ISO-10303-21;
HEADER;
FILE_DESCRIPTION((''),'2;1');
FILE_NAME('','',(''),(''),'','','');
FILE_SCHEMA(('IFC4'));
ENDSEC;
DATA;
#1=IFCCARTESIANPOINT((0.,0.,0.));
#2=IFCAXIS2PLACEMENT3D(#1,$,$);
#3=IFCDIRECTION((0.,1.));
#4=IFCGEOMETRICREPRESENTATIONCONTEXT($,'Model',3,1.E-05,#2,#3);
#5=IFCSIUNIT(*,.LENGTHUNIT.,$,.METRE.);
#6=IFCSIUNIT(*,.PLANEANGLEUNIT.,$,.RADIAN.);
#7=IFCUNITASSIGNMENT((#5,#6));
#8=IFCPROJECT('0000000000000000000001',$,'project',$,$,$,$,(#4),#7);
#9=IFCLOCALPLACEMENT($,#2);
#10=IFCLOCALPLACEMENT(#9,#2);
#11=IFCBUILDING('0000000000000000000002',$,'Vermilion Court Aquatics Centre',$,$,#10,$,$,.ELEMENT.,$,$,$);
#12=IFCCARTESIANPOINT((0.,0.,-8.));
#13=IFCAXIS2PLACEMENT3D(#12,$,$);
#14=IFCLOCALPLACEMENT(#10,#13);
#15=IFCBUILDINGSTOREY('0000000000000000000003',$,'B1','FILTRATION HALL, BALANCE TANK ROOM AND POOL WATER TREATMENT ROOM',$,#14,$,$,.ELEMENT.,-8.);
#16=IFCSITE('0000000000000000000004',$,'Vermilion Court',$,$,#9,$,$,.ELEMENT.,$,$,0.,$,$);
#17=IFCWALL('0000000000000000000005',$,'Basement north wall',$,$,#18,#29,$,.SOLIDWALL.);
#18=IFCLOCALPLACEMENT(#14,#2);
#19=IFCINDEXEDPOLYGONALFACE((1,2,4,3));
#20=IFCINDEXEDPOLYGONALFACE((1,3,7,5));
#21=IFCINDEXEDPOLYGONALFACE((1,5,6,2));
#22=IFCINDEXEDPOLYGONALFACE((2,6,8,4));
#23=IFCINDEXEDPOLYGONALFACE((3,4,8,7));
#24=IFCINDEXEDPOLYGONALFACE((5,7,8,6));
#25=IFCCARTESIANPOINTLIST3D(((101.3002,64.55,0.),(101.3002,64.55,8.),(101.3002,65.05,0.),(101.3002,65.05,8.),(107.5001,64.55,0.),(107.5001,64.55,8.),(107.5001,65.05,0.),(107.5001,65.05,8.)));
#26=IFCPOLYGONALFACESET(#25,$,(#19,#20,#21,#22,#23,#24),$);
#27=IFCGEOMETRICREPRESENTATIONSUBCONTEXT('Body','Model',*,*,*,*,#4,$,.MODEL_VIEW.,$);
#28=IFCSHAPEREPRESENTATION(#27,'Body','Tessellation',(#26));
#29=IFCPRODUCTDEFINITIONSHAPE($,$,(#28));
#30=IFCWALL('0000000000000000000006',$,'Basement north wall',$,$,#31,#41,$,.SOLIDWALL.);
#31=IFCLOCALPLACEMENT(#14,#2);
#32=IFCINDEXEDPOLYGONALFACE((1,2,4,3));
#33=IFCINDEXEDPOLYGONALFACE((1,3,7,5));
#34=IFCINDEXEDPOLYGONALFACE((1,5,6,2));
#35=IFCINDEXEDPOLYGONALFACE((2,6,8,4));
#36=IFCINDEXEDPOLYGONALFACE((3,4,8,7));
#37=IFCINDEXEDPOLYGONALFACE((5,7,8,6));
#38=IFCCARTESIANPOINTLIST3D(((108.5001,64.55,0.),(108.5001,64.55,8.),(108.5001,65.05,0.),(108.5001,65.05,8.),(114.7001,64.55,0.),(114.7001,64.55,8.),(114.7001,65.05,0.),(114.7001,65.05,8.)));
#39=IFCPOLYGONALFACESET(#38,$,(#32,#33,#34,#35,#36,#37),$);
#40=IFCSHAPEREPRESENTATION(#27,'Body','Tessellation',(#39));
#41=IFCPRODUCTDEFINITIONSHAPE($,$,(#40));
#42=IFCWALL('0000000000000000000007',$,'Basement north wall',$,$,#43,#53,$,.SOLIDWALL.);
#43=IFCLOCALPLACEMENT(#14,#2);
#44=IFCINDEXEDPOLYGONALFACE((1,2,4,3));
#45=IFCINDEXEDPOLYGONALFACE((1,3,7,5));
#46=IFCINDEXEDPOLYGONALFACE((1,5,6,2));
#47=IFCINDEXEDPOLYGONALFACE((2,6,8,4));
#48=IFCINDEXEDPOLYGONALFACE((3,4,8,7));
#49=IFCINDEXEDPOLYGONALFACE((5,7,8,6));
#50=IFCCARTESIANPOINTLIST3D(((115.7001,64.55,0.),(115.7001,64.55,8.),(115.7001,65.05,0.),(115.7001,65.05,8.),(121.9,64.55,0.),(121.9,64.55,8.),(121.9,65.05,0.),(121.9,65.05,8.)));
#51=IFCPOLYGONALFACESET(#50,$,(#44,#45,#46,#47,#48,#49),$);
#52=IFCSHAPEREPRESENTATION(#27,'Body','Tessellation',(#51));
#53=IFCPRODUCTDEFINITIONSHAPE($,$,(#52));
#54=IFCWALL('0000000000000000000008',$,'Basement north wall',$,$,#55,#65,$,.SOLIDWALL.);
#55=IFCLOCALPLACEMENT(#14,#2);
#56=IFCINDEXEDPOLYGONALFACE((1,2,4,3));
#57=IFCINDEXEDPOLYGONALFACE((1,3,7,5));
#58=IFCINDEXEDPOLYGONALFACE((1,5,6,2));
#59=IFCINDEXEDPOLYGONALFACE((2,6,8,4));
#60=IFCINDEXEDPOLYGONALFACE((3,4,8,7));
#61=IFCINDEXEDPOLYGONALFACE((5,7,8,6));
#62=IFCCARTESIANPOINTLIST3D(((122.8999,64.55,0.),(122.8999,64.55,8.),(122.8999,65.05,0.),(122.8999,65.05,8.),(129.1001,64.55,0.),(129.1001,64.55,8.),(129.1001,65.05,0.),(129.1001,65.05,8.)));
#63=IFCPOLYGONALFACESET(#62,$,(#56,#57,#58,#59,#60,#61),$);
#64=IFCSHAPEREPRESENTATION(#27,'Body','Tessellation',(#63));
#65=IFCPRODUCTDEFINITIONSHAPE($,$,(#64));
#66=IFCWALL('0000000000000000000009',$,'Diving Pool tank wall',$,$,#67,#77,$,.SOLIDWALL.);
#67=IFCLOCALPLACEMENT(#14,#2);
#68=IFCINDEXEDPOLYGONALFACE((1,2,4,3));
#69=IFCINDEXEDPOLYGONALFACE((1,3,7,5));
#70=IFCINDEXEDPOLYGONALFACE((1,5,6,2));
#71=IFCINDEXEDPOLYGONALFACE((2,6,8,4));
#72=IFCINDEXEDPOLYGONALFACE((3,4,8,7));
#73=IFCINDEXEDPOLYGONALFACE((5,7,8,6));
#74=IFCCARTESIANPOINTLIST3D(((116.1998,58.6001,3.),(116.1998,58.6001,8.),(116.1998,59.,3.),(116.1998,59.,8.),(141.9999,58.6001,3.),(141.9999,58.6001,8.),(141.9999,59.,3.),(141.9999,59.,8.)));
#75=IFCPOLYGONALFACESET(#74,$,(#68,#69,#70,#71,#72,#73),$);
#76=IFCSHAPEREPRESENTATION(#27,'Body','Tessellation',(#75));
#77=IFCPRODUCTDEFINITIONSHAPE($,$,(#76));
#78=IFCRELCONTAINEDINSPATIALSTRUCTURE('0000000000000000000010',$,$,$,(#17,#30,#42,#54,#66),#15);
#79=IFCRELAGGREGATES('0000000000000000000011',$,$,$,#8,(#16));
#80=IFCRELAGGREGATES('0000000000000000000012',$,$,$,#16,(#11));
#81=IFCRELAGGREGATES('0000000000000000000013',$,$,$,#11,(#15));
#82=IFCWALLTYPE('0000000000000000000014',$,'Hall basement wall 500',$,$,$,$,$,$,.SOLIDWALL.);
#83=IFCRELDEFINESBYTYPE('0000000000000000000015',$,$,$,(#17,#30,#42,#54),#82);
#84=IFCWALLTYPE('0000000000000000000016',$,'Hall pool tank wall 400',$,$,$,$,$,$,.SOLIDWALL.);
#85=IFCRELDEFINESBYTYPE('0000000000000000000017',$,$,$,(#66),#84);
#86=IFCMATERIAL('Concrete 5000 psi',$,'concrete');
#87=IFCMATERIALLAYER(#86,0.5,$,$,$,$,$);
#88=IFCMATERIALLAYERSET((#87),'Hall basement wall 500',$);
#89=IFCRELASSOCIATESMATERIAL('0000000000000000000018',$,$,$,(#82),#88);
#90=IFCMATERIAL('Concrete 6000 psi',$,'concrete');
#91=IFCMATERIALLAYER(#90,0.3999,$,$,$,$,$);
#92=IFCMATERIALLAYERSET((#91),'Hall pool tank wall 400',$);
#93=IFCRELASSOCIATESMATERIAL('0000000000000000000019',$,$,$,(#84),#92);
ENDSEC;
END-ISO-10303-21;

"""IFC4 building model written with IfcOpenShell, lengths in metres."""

from ifc_helpers import new_model, si_unit, direction, frame, frame_2d, origin, place, context, subcontext, project, spatial, rectangle, extrude, material, layer, layer_set, type_object, element, save


model = new_model("IFC4")

# Units and contexts
model_context = context("Model", 3, precision=1e-05, world=origin(), true_north=direction((0.0, 1.0)))
body_context = subcontext(model_context, "Body", "Model", "MODEL_VIEW")
ifc_project = project(units=[si_unit("LENGTHUNIT", "METRE"), si_unit("PLANEANGLEUNIT", "RADIAN")], contexts=[model_context])

# Site, building, storey
site_placement = place(None, origin())
site = spatial("IfcSite", under=ifc_project, at=site_placement, Name="Vermilion Court", CompositionType="ELEMENT", RefElevation=0.0)
building_placement = place(site_placement, origin())
building = spatial("IfcBuilding", under=site, at=building_placement, Name="Vermilion Court Aquatics Centre", CompositionType="ELEMENT")
storey_placement = place(building_placement, frame((0.0, 0.0, -8.0)))
storey = spatial("IfcBuildingStorey", under=building, at=storey_placement, Name="B1", Description="FILTRATION HALL, BALANCE TANK ROOM AND POOL WATER TREATMENT ROOM", CompositionType="ELEMENT", Elevation=-8.0)

# Walls
ifc_material_1 = material(Name="Concrete 5000 psi", Category="concrete")
ifc_layer_1 = layer(ifc_material_1, 0.5)
ifc_layer_set_1 = layer_set([ifc_layer_1], Name="Hall basement wall 500")
wall_type_1 = type_object("IfcWallType", Name="Hall basement wall 500", PredefinedType="SOLIDWALL", material=ifc_layer_set_1)
for number, where, z_axis, x_axis, name in (
    (1, (101.3, 64.8, 0.0), (0.0, 0.0, 1.0), (1.0, 0.0, 0.0), "Basement north wall"),
    (2, (108.5, 64.8, 0.0), (0.0, 0.0, 1.0), (1.0, 0.0, 0.0), "Basement north wall"),
    (3, (115.7, 64.8, 0.0), (0.0, 0.0, 1.0), (1.0, 0.0, 0.0), "Basement north wall"),
):
    element("IfcWall", number, at=place(storey_placement, frame(where, z_axis=z_axis, x_axis=x_axis)), inside=storey, type_object=wall_type_1, Name=name, PredefinedType="SOLIDWALL", context=body_context, shape_type="SweptSolid", body=[
        extrude(rectangle(XDim=6.2, YDim=0.5, at=frame_2d((3.1001, 0.0))), origin(), (0.0, 0.0, 1.0), 8.0),
    ])
wall_1_placement = place(storey_placement, frame((122.8999, 64.8, 0.0), z_axis=(0.0, 0.0, 1.0), x_axis=(1.0, 0.0, 0.0)))
element("IfcWall", 4, at=wall_1_placement, inside=storey, type_object=wall_type_1, Name="Basement north wall", PredefinedType="SOLIDWALL", context=body_context, shape_type="SweptSolid", body=[
    extrude(rectangle(XDim=6.2002, YDim=0.5, at=frame_2d((3.1001, 0.0))), origin(), (0.0, 0.0, 1.0), 8.0),
])
ifc_material_2 = material(Name="Concrete 6000 psi", Category="concrete")
ifc_layer_2 = layer(ifc_material_2, 0.3999)
ifc_layer_set_2 = layer_set([ifc_layer_2], Name="Hall pool tank wall 400")
wall_type_2 = type_object("IfcWallType", Name="Hall pool tank wall 400", PredefinedType="SOLIDWALL", material=ifc_layer_set_2)
wall_2_placement = place(storey_placement, frame((116.2, 58.8, 3.0), z_axis=(0.0, 0.0, 1.0), x_axis=(1.0, 0.0, 0.0)))
element("IfcWall", 5, at=wall_2_placement, inside=storey, type_object=wall_type_2, Name="Diving Pool tank wall", PredefinedType="SOLIDWALL", context=body_context, shape_type="SweptSolid", body=[
    extrude(rectangle(XDim=25.8, YDim=0.3999, at=frame_2d((12.8999, 0.0))), origin(), (0.0, 0.0, 1.0), 5.0),
])

save(model, "model.ifc")
